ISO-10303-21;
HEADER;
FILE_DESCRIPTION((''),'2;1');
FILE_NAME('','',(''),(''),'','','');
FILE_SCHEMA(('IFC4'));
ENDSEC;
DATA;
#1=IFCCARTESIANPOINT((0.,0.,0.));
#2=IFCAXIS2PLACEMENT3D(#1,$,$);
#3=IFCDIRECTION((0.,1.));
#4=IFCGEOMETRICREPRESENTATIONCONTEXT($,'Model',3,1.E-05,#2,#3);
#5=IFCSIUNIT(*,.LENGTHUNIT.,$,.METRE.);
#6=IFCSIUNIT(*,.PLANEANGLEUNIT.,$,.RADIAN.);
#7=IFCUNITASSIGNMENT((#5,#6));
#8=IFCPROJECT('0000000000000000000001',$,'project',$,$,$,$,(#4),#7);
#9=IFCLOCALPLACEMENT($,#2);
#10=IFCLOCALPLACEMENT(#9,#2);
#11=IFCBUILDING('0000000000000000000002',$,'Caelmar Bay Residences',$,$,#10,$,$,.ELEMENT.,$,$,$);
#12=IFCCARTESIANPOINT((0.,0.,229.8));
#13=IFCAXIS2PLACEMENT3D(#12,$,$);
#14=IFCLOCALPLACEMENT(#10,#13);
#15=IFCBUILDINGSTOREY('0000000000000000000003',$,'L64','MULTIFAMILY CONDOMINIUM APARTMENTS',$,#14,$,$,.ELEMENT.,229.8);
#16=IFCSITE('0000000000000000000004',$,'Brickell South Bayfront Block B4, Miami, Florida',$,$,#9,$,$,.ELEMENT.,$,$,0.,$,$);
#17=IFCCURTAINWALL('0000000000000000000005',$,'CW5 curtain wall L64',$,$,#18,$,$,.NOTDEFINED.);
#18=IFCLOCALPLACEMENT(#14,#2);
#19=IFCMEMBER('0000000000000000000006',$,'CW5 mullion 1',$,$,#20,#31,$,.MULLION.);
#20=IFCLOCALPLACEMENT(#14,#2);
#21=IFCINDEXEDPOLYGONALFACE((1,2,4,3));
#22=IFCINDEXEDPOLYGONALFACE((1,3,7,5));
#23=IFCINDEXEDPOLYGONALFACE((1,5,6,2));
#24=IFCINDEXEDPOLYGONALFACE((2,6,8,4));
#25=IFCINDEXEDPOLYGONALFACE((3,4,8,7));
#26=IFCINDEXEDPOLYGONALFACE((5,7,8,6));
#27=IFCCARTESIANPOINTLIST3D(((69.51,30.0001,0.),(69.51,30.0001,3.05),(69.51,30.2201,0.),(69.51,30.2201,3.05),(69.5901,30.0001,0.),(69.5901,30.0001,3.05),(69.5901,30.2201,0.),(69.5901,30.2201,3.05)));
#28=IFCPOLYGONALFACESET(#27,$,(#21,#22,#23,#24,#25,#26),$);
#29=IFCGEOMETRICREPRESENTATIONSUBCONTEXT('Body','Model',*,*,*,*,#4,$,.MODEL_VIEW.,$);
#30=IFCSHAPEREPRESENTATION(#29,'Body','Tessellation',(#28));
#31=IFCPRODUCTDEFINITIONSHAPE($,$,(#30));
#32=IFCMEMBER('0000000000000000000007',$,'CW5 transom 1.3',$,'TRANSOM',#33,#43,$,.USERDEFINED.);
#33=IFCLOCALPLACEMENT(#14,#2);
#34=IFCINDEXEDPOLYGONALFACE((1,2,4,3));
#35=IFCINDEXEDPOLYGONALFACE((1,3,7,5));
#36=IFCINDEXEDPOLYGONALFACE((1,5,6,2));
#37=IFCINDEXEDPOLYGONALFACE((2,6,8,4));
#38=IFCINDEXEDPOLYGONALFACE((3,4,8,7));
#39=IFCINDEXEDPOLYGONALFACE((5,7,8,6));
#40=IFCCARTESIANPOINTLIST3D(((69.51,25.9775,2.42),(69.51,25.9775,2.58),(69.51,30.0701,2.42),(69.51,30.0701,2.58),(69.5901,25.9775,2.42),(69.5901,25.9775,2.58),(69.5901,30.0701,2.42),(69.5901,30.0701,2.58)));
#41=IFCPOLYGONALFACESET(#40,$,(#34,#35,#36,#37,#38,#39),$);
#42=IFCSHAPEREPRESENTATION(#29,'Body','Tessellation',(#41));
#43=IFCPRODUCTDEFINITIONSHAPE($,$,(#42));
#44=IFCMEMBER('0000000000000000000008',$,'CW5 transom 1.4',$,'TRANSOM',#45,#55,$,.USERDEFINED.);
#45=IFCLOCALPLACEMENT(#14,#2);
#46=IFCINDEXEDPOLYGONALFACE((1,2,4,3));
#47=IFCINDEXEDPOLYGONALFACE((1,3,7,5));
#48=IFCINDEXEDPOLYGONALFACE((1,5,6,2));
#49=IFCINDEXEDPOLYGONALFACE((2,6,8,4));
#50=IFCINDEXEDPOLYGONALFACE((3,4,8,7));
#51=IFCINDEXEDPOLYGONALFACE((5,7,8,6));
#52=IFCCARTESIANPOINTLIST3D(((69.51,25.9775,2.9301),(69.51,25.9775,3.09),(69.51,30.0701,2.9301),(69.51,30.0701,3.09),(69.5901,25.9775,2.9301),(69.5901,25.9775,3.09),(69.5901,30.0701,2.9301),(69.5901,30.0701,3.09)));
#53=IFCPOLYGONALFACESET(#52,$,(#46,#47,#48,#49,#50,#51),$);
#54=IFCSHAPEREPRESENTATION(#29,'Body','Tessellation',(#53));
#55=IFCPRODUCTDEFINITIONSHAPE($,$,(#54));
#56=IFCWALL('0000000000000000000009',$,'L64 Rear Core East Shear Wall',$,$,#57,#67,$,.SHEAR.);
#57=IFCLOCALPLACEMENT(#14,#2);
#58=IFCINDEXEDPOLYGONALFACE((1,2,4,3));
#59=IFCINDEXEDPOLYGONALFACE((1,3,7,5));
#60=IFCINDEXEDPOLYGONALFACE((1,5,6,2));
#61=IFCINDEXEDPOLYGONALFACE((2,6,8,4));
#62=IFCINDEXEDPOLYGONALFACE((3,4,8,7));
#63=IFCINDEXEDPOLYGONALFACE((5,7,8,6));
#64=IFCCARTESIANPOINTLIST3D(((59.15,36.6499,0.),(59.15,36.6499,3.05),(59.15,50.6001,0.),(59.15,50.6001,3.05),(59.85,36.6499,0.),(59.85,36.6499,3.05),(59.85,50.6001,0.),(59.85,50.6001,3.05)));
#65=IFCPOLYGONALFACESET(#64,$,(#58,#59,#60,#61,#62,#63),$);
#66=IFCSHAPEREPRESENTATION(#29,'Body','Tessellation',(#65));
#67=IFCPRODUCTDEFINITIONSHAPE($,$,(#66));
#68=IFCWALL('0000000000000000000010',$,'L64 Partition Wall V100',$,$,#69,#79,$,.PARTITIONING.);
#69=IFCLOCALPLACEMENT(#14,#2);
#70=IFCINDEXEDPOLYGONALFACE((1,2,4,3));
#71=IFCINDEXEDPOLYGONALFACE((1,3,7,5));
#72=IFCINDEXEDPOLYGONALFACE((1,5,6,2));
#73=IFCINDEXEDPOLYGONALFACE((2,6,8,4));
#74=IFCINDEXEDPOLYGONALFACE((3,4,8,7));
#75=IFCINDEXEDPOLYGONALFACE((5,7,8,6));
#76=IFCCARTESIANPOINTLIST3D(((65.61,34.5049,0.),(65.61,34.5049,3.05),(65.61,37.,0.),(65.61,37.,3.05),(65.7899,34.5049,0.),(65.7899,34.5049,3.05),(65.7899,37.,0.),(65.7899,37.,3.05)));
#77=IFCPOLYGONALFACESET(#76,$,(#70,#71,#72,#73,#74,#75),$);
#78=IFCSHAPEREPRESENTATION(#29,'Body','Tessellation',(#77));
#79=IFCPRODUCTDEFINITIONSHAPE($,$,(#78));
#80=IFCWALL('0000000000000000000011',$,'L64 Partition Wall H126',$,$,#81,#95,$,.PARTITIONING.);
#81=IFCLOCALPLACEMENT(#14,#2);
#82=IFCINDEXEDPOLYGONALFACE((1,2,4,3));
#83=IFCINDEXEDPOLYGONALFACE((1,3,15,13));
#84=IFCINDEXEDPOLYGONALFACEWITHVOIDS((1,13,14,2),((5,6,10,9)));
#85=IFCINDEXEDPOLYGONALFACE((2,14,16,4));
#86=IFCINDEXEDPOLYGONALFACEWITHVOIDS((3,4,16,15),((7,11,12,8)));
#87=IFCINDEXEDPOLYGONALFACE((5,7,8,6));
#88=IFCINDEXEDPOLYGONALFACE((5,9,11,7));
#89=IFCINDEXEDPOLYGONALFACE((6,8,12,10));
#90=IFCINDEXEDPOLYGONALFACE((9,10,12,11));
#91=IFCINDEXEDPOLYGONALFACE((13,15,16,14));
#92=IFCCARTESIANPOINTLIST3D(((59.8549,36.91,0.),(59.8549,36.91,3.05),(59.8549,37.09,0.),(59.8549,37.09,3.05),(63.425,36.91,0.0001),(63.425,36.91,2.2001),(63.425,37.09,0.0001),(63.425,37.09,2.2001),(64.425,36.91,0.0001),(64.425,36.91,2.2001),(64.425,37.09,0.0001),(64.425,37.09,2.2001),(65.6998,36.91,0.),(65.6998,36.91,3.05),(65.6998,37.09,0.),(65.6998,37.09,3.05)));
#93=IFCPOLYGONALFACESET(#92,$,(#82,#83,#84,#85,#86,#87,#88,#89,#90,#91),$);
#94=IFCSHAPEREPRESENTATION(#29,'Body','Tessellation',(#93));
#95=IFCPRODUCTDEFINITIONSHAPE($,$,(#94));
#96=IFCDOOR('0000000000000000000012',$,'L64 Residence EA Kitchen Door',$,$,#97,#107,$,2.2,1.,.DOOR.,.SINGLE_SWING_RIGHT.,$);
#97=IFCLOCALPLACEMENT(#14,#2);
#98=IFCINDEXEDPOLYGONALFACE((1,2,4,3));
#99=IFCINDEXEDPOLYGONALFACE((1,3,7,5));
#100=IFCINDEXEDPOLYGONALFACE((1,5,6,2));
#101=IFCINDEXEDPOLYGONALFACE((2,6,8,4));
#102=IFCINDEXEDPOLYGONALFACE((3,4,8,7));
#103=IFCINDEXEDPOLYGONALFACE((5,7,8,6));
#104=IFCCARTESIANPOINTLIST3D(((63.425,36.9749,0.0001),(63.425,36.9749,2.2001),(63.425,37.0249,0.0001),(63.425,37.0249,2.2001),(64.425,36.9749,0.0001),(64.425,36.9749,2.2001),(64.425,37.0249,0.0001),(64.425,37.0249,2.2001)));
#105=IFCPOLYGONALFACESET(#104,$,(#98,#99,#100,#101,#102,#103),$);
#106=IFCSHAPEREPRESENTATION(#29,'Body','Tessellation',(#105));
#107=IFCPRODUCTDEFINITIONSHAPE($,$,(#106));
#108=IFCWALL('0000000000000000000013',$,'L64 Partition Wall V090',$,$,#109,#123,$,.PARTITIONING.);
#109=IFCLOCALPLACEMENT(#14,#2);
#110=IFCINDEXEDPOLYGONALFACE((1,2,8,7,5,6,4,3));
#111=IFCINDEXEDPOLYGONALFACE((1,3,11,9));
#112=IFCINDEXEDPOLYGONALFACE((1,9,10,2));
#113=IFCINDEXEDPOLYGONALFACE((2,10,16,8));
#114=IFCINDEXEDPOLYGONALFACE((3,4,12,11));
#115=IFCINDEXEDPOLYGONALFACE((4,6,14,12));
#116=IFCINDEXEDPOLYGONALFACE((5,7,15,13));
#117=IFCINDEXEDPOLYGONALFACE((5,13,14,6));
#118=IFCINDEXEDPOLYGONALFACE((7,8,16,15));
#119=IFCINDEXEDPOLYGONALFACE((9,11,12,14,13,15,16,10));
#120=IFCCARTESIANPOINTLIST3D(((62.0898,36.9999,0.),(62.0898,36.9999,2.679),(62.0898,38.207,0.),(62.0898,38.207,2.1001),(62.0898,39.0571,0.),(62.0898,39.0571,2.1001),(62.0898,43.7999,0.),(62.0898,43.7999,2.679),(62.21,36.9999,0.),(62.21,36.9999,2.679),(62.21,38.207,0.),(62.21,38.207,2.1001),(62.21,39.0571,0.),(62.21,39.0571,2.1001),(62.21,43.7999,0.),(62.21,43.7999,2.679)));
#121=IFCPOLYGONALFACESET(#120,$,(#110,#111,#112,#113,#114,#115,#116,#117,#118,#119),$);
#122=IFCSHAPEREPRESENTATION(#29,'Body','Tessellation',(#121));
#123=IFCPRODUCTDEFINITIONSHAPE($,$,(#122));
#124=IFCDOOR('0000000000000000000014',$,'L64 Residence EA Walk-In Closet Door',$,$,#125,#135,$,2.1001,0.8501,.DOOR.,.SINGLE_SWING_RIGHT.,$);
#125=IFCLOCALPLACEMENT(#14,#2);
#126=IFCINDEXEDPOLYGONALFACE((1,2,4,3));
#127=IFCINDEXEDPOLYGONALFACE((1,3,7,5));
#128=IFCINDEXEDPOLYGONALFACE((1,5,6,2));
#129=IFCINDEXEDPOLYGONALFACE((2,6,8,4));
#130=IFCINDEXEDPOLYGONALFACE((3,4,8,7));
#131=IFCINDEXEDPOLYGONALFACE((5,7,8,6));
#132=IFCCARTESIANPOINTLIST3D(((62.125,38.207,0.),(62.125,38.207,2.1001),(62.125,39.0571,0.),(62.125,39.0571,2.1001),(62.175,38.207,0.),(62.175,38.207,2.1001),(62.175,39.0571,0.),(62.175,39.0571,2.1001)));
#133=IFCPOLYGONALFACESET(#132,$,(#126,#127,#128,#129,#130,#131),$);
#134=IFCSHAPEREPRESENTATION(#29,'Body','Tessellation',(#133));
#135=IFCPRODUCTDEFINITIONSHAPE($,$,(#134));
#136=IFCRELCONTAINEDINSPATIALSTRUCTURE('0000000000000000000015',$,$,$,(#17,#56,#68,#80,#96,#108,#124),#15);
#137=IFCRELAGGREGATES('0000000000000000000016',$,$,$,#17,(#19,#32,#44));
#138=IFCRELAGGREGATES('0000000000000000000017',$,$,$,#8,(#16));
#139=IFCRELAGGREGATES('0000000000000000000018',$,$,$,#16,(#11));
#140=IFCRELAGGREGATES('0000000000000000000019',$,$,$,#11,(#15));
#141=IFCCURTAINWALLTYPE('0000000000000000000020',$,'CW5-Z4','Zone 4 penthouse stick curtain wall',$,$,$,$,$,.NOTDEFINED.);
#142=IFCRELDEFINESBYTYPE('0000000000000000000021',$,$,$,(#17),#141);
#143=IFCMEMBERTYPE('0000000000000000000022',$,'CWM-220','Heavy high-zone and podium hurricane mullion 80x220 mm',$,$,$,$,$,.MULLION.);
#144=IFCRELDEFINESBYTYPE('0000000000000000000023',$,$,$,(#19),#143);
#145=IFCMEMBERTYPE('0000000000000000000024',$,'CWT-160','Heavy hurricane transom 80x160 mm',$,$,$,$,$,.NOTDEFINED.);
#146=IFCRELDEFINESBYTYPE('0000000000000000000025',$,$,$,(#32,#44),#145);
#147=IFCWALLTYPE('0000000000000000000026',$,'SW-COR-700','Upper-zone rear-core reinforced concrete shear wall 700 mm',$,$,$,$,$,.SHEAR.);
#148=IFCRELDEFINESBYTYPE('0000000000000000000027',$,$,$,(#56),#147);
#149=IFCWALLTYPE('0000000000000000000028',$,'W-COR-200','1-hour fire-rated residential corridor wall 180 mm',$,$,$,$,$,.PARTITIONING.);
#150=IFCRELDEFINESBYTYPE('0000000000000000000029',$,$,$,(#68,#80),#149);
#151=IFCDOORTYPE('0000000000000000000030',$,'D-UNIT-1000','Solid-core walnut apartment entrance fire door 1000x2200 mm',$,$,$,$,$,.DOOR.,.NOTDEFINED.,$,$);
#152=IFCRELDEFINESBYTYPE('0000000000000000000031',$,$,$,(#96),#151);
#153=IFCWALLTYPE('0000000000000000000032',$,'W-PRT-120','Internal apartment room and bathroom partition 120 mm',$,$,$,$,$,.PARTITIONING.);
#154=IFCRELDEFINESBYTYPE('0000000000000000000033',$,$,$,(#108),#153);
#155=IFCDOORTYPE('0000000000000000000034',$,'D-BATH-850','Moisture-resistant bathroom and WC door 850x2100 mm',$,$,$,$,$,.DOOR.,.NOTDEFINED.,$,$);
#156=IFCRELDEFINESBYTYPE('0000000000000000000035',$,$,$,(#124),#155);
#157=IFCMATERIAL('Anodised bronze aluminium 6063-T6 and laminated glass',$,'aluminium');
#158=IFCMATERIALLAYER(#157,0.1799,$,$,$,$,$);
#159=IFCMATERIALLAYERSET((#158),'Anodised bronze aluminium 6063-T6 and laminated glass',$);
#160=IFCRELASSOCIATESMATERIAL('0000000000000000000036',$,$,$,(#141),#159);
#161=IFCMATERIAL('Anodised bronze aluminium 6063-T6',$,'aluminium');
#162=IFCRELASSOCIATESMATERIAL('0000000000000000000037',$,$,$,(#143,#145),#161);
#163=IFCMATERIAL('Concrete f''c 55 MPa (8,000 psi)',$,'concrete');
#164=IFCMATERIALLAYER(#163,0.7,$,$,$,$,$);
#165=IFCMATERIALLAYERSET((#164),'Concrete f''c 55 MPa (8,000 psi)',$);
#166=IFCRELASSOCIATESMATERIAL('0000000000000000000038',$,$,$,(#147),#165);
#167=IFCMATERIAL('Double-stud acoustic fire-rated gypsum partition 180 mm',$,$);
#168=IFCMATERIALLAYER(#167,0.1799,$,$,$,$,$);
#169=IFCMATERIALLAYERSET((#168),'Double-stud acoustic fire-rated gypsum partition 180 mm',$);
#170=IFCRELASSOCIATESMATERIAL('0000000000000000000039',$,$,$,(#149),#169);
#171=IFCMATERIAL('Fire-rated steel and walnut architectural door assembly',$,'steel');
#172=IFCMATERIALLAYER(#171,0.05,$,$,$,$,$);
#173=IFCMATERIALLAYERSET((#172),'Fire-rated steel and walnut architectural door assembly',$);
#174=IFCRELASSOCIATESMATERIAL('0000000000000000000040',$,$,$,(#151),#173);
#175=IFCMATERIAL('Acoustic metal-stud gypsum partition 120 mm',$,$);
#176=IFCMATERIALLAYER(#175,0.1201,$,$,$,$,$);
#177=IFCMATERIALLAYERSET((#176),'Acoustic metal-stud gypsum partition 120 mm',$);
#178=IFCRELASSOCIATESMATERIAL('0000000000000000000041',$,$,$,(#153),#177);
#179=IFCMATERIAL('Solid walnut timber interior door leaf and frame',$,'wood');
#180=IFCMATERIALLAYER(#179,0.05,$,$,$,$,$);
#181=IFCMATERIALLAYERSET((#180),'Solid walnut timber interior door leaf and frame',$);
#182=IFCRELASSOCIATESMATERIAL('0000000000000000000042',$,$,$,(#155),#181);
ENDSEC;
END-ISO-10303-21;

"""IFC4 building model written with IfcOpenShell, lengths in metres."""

from ifc_helpers import new_model, si_unit, direction, frame, frame_2d, origin, origin_2d, place, context, subcontext, project, spatial, rectangle, extrude, material, layer, layer_set, material_profile, profile_set, type_object, element, fill, aggregate, save


model = new_model("IFC4")

# Units and contexts
model_context = context("Model", 3, precision=1e-05, world=origin(), true_north=direction((0.0, 1.0)))
body_context = subcontext(model_context, "Body", "Model", "MODEL_VIEW")
ifc_project = project(units=[si_unit("LENGTHUNIT", "METRE"), si_unit("PLANEANGLEUNIT", "RADIAN")], contexts=[model_context])

# Site, building, storey
site_placement = place(None, origin())
site = spatial("IfcSite", under=ifc_project, at=site_placement, Name="Brickell South Bayfront Block B4, Miami, Florida", CompositionType="ELEMENT", RefElevation=0.0)
building_placement = place(site_placement, origin())
building = spatial("IfcBuilding", under=site, at=building_placement, Name="Caelmar Bay Residences", CompositionType="ELEMENT")
storey_placement = place(building_placement, frame((0.0, 0.0, 229.8)))
storey = spatial("IfcBuildingStorey", under=building, at=storey_placement, Name="L64", Description="MULTIFAMILY CONDOMINIUM APARTMENTS", CompositionType="ELEMENT", Elevation=229.8)

# Curtain wall, members
ifc_material_1 = material(Name="Anodised bronze aluminium 6063-T6 and laminated glass", Category="aluminium")
ifc_layer_1 = layer(ifc_material_1, 0.1799)
ifc_layer_set_1 = layer_set([ifc_layer_1], Name="Anodised bronze aluminium 6063-T6 and laminated glass")
curtain_wall_type = type_object("IfcCurtainWallType", Name="CW5-Z4", Description="Zone 4 penthouse stick curtain wall", PredefinedType="NOTDEFINED", material=ifc_layer_set_1)
curtain_wall_placement = place(storey_placement, origin())
curtain_wall = element("IfcCurtainWall", 1, at=curtain_wall_placement, inside=storey, type_object=curtain_wall_type, Name="CW5 curtain wall L64", PredefinedType="NOTDEFINED")
ifc_material_2 = material(Name="Anodised bronze aluminium 6063-T6", Category="aluminium")
ifc_material_profile_1 = material_profile(ifc_material_2, rectangle(XDim=0.0801, YDim=0.22, at=origin_2d()), Name="CWM-80X220")
ifc_profile_set_1 = profile_set([ifc_material_profile_1], Name="Anodised bronze aluminium 6063-T6")
member_type_1 = type_object("IfcMemberType", Name="CWM-220", Description="Heavy high-zone and podium hurricane mullion 80x220 mm", PredefinedType="MULLION", material=ifc_profile_set_1)
member_1_placement = place(storey_placement, frame((69.55, 30.1101, 0.0), z_axis=(0.0, 0.0, 1.0), x_axis=(1.0, 0.0, 0.0)))
member_1 = element("IfcMember", 2, at=member_1_placement, type_object=member_type_1, Name="CW5 mullion 1", PredefinedType="MULLION", context=body_context, shape_type="SweptSolid", body=[
    extrude(rectangle(XDim=0.0801, YDim=0.22, at=origin_2d()), origin(), (0.0, 0.0, 1.0), 3.05),
])
ifc_material_profile_2 = material_profile(ifc_material_2, rectangle(XDim=0.0801, YDim=0.1599, at=origin_2d()), Name="CWT-80X160")
ifc_profile_set_2 = profile_set([ifc_material_profile_2], Name="Anodised bronze aluminium 6063-T6")
member_type_2 = type_object("IfcMemberType", Name="CWT-160", Description="Heavy hurricane transom 80x160 mm", PredefinedType="NOTDEFINED", material=ifc_profile_set_2)
member_2_placement = place(storey_placement, frame((69.55, 30.0701, 2.5), z_axis=(0.0, -1.0, 0.0), x_axis=(1.0, 0.0, 0.0)))
member_2 = element("IfcMember", 3, at=member_2_placement, type_object=member_type_2, Name="CW5 transom 1.3", ObjectType="TRANSOM", PredefinedType="USERDEFINED", context=body_context, shape_type="SweptSolid", body=[
    extrude(rectangle(XDim=0.0801, YDim=0.1599, at=origin_2d()), origin(), (0.0, 0.0, 1.0), 4.0925),
])
member_3_placement = place(storey_placement, frame((69.55, 30.0701, 3.01), z_axis=(0.0, -1.0, 0.0), x_axis=(1.0, 0.0, 0.0)))
member_3 = element("IfcMember", 4, at=member_3_placement, type_object=member_type_2, Name="CW5 transom 1.4", ObjectType="TRANSOM", PredefinedType="USERDEFINED", context=body_context, shape_type="SweptSolid", body=[
    extrude(rectangle(XDim=0.0801, YDim=0.1599, at=origin_2d()), origin(), (0.0, 0.0, 1.0), 4.0925),
])
aggregate(curtain_wall, [member_1, member_2, member_3])

# Walls
ifc_material_3 = material(Name="Concrete f'c 55 MPa (8,000 psi)", Category="concrete")
ifc_layer_2 = layer(ifc_material_3, 0.7)
ifc_layer_set_2 = layer_set([ifc_layer_2], Name="Concrete f'c 55 MPa (8,000 psi)")
wall_type_1 = type_object("IfcWallType", Name="SW-COR-700", Description="Upper-zone rear-core reinforced concrete shear wall 700 mm", PredefinedType="SHEAR", material=ifc_layer_set_2)
wall_1_placement = place(storey_placement, frame((59.5, 36.6499, 0.0), z_axis=(0.0, 0.0, 1.0), x_axis=(0.0, 1.0, 0.0)))
element("IfcWall", 5, at=wall_1_placement, inside=storey, type_object=wall_type_1, Name="L64 Rear Core East Shear Wall", PredefinedType="SHEAR", context=body_context, shape_type="SweptSolid", body=[
    extrude(rectangle(XDim=13.9502, YDim=0.7, at=frame_2d((6.9751, 0.0))), origin(), (0.0, 0.0, 1.0), 3.05),
])
ifc_material_4 = material(Name="Double-stud acoustic fire-rated gypsum partition 180 mm")
ifc_layer_3 = layer(ifc_material_4, 0.1799)
ifc_layer_set_3 = layer_set([ifc_layer_3], Name="Double-stud acoustic fire-rated gypsum partition 180 mm")
wall_type_2 = type_object("IfcWallType", Name="W-COR-200", Description="1-hour fire-rated residential corridor wall 180 mm", PredefinedType="PARTITIONING", material=ifc_layer_set_3)
wall_2_placement = place(storey_placement, frame((65.7, 34.5049, 0.0), z_axis=(0.0, 0.0, 1.0), x_axis=(0.0, 1.0, 0.0)))
element("IfcWall", 6, at=wall_2_placement, inside=storey, type_object=wall_type_2, Name="L64 Partition Wall V100", PredefinedType="PARTITIONING", context=body_context, shape_type="SweptSolid", body=[
    extrude(rectangle(XDim=2.4951, YDim=0.1799, at=frame_2d((1.2476, 0.0))), origin(), (0.0, 0.0, 1.0), 3.05),
])

# Walls, openings, doors
wall_3_placement = place(storey_placement, frame((59.855, 37.0, 0.0), z_axis=(0.0, 0.0, 1.0), x_axis=(1.0, 0.0, 0.0)))
wall_3 = element("IfcWall", 7, at=wall_3_placement, inside=storey, type_object=wall_type_2, Name="L64 Partition Wall H126", PredefinedType="PARTITIONING", context=body_context, shape_type="SweptSolid", body=[
    extrude(rectangle(XDim=5.845, YDim=0.1799, at=frame_2d((2.9224, 0.0))), origin(), (0.0, 0.0, 1.0), 3.05),
])
opening_1_placement = place(wall_3_placement, frame((3.5701, 0.0, 0.0)))
opening_1 = element("IfcOpeningElement", 8, at=opening_1_placement, cuts=wall_3, PredefinedType="OPENING", context=body_context, shape_type="SweptSolid", body=[
    extrude(rectangle(XDim=1.0, YDim=2.2, at=frame_2d((0.5, 1.1001))), frame((0.0, 0.0999, 0.0), z_axis=(0.0, -1.0, 0.0), x_axis=(1.0, 0.0, 0.0)), (0.0, 0.0, 1.0), 0.2),
])
ifc_material_5 = material(Name="Fire-rated steel and walnut architectural door assembly", Category="steel")
ifc_layer_4 = layer(ifc_material_5, 0.05)
ifc_layer_set_4 = layer_set([ifc_layer_4], Name="Fire-rated steel and walnut architectural door assembly")
door_type_1 = type_object("IfcDoorType", Name="D-UNIT-1000", Description="Solid-core walnut apartment entrance fire door 1000x2200 mm", OperationType="NOTDEFINED", PredefinedType="DOOR", material=ifc_layer_set_4)
door_1_placement = place(opening_1_placement, origin())
door_1 = element("IfcDoor", 9, at=door_1_placement, inside=storey, type_object=door_type_1, Name="L64 Residence EA Kitchen Door", OperationType="SINGLE_SWING_RIGHT", OverallHeight=2.2, OverallWidth=1.0, PredefinedType="DOOR", context=body_context, shape_type="SweptSolid", body=[
    extrude(rectangle(XDim=1.0, YDim=2.2, at=frame_2d((0.5, 1.1001))), frame((0.0, 0.0249, 0.0), z_axis=(0.0, -1.0, 0.0), x_axis=(1.0, 0.0, 0.0)), (0.0, 0.0, 1.0), 0.05),
])
fill(opening_1, door_1)
ifc_material_6 = material(Name="Acoustic metal-stud gypsum partition 120 mm")
ifc_layer_5 = layer(ifc_material_6, 0.1201)
ifc_layer_set_5 = layer_set([ifc_layer_5], Name="Acoustic metal-stud gypsum partition 120 mm")
wall_type_3 = type_object("IfcWallType", Name="W-PRT-120", Description="Internal apartment room and bathroom partition 120 mm", PredefinedType="PARTITIONING", material=ifc_layer_set_5)
wall_4_placement = place(storey_placement, frame((62.1499, 37.0, 0.0), z_axis=(0.0, 0.0, 1.0), x_axis=(0.0, 1.0, 0.0)))
wall_4 = element("IfcWall", 10, at=wall_4_placement, inside=storey, type_object=wall_type_3, Name="L64 Partition Wall V090", PredefinedType="PARTITIONING", context=body_context, shape_type="SweptSolid", body=[
    extrude(rectangle(XDim=6.8, YDim=0.1201, at=frame_2d((3.3999, 0.0))), origin(), (0.0, 0.0, 1.0), 2.679),
])
opening_2_placement = place(wall_4_placement, frame((1.207, 0.0, 0.0)))
opening_2 = element("IfcOpeningElement", 11, at=opening_2_placement, cuts=wall_4, PredefinedType="OPENING", context=body_context, shape_type="SweptSolid", body=[
    extrude(rectangle(XDim=0.8501, YDim=2.1001, at=frame_2d((0.425, 1.05))), frame((0.0, 0.0701, 0.0), z_axis=(0.0, -1.0, 0.0), x_axis=(1.0, 0.0, 0.0)), (0.0, 0.0, 1.0), 0.1401),
])
ifc_material_7 = material(Name="Solid walnut timber interior door leaf and frame", Category="wood")
ifc_layer_6 = layer(ifc_material_7, 0.05)
ifc_layer_set_6 = layer_set([ifc_layer_6], Name="Solid walnut timber interior door leaf and frame")
door_type_2 = type_object("IfcDoorType", Name="D-BATH-850", Description="Moisture-resistant bathroom and WC door 850x2100 mm", OperationType="NOTDEFINED", PredefinedType="DOOR", material=ifc_layer_set_6)
door_2_placement = place(opening_2_placement, origin())
door_2 = element("IfcDoor", 12, at=door_2_placement, inside=storey, type_object=door_type_2, Name="L64 Residence EA Walk-In Closet Door", OperationType="SINGLE_SWING_RIGHT", OverallHeight=2.1001, OverallWidth=0.8501, PredefinedType="DOOR", context=body_context, shape_type="SweptSolid", body=[
    extrude(rectangle(XDim=0.8501, YDim=2.1001, at=frame_2d((0.425, 1.05))), frame((0.0, 0.0249, 0.0), z_axis=(0.0, -1.0, 0.0), x_axis=(1.0, 0.0, 0.0)), (0.0, 0.0, 1.0), 0.05),
])
fill(opening_2, door_2)

save(model, "model.ifc")
